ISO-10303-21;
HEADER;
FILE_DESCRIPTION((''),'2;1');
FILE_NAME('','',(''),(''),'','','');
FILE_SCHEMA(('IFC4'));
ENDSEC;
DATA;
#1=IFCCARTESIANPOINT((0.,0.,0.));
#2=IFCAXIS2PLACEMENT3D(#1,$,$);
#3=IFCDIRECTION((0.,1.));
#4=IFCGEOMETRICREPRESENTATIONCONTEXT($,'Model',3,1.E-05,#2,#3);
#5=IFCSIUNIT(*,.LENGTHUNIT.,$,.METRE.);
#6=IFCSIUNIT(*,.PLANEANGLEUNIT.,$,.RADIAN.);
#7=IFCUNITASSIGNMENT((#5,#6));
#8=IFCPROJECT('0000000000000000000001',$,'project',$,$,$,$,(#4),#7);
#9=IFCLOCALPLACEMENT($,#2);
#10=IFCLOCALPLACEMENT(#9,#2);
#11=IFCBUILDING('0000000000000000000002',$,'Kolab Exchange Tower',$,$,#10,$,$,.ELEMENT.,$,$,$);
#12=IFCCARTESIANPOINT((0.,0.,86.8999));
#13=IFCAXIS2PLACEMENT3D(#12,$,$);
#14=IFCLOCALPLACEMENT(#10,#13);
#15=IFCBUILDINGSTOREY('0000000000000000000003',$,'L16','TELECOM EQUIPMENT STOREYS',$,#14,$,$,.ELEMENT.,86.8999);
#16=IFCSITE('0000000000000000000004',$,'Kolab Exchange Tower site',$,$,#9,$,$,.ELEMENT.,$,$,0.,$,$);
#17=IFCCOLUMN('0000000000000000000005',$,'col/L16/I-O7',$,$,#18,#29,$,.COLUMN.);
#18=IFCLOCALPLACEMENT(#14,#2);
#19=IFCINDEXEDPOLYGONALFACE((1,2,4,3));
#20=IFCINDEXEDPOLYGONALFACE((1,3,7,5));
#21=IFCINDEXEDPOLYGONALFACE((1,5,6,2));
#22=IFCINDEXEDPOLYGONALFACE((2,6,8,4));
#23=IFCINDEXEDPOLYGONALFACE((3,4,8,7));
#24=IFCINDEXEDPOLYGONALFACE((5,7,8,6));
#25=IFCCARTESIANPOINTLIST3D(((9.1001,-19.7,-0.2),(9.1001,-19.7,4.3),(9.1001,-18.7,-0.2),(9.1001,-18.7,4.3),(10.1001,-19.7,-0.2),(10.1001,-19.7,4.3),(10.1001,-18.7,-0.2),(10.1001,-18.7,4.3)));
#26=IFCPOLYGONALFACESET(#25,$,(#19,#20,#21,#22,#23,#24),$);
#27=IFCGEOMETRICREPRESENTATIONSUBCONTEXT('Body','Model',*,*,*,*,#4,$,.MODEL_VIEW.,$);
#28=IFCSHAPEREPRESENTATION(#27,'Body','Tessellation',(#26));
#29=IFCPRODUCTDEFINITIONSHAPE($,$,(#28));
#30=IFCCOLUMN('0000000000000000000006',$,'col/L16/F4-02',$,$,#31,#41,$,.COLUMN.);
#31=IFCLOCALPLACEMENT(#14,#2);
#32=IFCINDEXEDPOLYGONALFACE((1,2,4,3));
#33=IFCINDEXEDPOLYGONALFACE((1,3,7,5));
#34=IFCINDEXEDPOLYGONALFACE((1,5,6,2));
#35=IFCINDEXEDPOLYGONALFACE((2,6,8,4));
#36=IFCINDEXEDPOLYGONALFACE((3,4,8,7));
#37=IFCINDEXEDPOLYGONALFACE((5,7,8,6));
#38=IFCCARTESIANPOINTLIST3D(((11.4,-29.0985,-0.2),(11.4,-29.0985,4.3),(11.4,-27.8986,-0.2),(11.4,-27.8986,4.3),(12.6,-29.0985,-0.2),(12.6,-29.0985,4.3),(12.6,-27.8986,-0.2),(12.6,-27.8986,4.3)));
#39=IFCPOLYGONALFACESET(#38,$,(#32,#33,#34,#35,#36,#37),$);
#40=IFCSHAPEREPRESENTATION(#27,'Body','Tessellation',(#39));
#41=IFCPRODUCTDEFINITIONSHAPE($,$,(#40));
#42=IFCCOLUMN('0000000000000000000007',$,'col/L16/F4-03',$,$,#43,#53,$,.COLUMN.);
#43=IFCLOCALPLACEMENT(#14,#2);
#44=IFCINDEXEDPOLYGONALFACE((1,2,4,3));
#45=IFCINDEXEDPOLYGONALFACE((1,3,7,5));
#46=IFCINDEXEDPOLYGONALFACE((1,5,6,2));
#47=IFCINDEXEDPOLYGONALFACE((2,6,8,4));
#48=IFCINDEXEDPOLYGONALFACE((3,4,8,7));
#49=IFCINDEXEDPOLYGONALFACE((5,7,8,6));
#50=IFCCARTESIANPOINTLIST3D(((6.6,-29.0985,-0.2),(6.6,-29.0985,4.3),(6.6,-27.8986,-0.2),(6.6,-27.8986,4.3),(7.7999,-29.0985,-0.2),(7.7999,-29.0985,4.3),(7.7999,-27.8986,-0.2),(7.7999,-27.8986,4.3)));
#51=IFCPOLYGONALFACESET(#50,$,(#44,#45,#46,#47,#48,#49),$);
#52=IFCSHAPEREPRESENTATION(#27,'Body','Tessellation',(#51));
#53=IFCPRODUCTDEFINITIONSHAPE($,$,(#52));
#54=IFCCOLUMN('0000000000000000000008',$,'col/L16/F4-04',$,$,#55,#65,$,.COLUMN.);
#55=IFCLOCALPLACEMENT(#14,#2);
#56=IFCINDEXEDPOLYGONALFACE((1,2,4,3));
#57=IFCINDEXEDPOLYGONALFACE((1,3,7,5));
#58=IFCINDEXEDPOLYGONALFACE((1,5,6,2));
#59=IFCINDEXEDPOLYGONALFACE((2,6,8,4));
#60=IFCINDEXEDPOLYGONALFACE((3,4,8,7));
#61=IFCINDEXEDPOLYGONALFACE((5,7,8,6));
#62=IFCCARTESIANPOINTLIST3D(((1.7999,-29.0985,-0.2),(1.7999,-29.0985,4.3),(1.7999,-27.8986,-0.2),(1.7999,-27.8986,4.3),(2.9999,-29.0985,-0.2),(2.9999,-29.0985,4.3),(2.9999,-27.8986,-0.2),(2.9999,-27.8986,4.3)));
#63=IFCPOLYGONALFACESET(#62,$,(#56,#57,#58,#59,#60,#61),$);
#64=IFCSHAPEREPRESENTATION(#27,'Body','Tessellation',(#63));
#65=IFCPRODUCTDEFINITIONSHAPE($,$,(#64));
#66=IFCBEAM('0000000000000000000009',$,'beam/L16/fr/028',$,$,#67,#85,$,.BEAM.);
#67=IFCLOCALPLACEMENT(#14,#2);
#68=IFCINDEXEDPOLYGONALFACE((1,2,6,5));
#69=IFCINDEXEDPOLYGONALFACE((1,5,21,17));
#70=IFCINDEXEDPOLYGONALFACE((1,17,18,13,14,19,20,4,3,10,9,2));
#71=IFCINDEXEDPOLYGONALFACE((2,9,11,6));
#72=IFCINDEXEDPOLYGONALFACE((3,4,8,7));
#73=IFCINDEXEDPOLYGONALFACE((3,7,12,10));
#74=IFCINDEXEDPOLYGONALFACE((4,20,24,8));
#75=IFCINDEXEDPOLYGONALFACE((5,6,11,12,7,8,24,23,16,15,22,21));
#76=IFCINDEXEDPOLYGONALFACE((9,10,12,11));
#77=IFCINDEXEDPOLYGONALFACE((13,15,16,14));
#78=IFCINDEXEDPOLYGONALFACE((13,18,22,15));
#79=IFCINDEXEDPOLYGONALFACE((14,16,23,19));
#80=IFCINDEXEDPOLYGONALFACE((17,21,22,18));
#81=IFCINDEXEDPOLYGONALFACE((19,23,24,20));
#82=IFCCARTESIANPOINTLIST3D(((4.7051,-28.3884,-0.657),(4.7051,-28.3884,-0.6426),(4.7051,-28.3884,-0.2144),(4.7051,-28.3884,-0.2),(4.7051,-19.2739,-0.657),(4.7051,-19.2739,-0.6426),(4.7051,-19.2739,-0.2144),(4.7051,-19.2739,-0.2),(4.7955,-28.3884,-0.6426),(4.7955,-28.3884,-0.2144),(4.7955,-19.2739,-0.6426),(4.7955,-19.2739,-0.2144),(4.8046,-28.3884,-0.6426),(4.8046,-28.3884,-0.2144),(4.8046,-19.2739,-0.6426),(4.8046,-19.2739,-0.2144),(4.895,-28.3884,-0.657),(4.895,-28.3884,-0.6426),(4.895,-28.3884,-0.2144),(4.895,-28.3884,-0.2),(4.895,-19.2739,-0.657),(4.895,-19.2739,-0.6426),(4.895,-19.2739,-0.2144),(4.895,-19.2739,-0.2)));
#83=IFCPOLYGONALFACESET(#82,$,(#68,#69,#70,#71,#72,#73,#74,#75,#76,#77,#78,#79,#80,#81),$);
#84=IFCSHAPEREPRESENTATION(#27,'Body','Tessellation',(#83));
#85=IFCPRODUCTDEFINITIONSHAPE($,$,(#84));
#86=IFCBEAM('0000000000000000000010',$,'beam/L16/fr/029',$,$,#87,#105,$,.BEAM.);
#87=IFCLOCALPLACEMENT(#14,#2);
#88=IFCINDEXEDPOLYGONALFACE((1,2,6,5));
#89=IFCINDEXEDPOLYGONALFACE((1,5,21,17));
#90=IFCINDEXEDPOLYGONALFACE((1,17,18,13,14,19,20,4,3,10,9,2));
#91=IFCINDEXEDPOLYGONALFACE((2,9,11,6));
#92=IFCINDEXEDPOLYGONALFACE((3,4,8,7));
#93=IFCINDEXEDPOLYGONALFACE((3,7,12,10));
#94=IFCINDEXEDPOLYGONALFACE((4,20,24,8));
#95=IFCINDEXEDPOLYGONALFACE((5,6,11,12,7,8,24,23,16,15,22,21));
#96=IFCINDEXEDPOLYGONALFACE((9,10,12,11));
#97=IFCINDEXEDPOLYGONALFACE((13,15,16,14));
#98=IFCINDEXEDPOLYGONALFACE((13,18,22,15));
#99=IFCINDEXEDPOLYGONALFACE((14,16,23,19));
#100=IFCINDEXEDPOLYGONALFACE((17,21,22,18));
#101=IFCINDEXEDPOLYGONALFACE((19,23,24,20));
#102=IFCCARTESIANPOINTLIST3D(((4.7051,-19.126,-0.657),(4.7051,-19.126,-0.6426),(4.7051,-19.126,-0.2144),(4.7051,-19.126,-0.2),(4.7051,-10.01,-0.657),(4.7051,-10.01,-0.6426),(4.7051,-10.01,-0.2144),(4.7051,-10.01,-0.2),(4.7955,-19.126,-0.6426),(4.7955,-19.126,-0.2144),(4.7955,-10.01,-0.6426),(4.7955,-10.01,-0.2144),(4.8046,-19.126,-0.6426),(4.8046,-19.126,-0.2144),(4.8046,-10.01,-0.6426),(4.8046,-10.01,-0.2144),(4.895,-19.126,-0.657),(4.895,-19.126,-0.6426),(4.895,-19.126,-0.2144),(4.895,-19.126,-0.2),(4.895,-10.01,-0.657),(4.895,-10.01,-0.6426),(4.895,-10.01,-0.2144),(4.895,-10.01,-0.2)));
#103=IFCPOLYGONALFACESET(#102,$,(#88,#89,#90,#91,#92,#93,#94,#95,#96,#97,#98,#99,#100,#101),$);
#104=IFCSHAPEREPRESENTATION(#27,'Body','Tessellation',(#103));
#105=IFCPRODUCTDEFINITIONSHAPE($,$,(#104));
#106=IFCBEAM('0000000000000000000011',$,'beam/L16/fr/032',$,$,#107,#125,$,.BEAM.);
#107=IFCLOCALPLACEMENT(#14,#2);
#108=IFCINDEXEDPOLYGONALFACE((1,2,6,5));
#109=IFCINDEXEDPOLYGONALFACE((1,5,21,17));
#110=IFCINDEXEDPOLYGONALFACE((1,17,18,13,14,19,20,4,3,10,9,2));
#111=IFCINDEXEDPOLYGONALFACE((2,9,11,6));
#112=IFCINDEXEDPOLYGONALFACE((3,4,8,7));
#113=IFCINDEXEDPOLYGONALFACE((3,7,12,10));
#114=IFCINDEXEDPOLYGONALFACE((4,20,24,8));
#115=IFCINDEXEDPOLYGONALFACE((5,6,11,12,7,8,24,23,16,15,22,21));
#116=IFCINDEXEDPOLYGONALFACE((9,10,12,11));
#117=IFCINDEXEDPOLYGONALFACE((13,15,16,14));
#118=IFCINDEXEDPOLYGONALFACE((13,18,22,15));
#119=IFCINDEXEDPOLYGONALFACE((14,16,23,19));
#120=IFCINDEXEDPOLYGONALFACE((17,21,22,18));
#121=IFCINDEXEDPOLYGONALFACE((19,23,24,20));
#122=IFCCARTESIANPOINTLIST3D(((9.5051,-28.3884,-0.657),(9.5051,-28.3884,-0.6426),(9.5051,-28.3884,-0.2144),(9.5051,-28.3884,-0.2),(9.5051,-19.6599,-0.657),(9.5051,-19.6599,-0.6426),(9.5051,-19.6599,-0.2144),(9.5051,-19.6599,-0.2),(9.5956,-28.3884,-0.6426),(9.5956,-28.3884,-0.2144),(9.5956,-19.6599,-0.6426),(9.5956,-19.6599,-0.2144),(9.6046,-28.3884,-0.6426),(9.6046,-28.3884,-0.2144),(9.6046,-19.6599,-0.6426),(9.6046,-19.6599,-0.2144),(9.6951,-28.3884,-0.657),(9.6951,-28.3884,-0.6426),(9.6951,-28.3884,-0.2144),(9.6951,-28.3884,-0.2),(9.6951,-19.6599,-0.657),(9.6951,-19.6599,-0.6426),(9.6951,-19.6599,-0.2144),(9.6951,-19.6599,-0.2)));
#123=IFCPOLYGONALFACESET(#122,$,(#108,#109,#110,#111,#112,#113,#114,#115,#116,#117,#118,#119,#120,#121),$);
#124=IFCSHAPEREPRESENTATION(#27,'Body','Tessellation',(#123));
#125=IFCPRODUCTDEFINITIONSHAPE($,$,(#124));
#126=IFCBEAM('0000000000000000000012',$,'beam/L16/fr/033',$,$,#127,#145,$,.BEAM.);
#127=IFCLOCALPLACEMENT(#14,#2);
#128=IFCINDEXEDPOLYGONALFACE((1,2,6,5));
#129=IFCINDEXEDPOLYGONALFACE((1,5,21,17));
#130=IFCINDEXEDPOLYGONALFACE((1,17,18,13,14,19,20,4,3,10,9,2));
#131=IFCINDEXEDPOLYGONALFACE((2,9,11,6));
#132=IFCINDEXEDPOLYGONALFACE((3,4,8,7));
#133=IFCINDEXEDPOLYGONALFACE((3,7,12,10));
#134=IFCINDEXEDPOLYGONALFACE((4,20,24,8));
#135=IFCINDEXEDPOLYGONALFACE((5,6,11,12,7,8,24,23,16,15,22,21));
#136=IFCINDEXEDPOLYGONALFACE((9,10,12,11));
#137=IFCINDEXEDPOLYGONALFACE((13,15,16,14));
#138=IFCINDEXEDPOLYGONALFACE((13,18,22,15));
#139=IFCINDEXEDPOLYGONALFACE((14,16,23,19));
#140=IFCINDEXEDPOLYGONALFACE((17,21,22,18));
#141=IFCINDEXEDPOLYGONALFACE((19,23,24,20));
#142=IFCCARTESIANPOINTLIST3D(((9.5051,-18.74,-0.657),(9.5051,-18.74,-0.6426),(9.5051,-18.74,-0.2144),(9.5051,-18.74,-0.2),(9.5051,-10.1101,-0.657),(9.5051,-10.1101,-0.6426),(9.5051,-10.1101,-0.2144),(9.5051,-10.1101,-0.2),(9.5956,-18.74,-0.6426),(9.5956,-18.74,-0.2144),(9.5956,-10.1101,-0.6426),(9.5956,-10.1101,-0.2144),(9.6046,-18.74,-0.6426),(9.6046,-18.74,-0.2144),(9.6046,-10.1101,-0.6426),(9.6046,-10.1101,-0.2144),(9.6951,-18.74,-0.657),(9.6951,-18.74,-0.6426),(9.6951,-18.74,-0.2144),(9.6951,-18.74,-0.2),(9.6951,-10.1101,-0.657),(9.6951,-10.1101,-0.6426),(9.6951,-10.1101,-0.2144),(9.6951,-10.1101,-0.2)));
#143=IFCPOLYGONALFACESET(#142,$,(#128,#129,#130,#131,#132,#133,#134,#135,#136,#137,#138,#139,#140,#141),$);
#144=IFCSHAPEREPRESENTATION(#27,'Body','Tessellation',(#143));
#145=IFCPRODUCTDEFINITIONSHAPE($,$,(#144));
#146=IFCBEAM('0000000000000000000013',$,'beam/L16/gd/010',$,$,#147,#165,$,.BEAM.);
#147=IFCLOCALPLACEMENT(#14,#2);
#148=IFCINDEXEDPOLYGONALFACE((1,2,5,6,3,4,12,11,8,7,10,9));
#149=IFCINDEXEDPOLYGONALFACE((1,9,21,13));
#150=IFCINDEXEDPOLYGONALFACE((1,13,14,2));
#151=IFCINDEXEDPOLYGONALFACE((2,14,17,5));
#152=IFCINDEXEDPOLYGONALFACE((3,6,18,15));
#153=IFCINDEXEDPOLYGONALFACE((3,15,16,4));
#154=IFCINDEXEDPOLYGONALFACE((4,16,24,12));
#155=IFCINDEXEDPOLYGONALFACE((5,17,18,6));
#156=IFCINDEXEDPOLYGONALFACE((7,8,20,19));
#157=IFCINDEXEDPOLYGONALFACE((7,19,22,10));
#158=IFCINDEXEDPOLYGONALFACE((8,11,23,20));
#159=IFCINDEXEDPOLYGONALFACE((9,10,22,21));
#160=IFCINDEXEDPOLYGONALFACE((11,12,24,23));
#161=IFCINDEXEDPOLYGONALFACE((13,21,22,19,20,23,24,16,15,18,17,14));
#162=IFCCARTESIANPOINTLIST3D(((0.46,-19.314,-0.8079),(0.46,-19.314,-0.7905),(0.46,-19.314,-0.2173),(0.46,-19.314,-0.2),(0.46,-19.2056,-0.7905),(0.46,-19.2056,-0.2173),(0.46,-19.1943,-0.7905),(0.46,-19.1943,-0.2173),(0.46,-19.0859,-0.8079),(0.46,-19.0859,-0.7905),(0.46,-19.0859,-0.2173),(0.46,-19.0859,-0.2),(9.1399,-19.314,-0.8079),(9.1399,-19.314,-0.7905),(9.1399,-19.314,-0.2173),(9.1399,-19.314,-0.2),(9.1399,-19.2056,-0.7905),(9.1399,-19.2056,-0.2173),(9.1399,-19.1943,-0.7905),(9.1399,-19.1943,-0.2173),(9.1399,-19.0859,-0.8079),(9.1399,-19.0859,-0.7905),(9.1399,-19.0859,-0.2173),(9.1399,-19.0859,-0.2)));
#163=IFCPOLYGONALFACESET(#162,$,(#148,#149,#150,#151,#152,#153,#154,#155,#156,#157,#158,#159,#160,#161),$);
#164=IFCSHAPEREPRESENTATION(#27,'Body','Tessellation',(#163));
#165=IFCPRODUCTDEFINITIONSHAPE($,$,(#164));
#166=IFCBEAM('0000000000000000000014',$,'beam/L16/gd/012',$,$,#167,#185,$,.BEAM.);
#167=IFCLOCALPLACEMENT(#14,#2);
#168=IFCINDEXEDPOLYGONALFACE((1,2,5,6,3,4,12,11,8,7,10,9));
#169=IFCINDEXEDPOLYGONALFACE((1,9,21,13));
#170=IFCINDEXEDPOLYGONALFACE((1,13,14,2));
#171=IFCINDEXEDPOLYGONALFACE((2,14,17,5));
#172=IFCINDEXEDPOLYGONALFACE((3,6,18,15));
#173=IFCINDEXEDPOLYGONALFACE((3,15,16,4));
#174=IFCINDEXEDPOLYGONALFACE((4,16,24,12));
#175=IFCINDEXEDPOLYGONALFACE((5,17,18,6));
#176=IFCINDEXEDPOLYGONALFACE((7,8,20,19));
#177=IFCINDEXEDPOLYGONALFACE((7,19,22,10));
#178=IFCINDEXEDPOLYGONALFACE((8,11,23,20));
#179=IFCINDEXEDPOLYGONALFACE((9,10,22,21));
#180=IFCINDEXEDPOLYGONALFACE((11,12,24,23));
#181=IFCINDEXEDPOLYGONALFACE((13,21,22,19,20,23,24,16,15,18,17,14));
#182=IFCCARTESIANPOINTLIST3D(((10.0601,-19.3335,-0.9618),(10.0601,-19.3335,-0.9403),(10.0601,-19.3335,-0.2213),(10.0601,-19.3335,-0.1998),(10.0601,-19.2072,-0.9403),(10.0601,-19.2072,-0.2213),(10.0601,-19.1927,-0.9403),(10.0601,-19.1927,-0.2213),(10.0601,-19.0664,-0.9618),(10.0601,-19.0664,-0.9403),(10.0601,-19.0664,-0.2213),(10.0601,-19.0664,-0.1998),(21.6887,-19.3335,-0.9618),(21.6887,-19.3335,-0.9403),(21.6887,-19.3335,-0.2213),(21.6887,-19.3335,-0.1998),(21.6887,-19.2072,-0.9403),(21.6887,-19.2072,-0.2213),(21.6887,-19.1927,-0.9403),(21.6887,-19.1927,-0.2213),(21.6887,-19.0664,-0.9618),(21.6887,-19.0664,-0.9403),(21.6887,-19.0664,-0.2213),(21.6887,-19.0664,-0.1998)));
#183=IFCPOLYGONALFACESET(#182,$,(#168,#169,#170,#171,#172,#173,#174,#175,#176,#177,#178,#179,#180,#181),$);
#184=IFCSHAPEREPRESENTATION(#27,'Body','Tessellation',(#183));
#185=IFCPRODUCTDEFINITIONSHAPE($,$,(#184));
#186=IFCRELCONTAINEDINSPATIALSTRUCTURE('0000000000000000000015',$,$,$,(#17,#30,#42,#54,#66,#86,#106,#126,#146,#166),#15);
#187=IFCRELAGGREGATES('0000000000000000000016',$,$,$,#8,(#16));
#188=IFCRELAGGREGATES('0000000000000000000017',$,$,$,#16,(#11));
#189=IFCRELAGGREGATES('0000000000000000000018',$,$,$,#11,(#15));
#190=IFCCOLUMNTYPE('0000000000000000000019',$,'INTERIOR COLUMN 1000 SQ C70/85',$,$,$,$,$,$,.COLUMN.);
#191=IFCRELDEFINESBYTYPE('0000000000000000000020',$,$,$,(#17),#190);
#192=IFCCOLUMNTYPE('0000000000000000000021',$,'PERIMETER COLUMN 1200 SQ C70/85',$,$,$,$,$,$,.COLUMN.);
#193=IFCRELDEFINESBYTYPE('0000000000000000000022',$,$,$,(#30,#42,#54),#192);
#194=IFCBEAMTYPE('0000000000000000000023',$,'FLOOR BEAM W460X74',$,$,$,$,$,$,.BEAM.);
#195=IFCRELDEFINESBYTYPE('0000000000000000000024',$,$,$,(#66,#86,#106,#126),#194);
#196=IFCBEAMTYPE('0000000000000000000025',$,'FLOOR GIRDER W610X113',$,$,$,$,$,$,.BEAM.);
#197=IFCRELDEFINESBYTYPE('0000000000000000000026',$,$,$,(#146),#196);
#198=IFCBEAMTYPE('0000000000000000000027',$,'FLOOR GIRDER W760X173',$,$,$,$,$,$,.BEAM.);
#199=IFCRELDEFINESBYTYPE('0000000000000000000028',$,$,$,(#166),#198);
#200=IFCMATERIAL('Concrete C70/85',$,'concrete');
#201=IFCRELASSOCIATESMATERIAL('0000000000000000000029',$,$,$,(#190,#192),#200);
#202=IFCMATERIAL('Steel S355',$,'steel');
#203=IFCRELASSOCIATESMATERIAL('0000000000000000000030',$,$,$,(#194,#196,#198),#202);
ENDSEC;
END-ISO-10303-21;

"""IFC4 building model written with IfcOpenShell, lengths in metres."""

from ifc_helpers import new_model, si_unit, direction, frame, origin, origin_2d, place, context, subcontext, project, spatial, rectangle, i_section, extrude, material, material_profile, profile_set, type_object, element, save


model = new_model("IFC4")

# Units and contexts
model_context = context("Model", 3, precision=1e-05, world=origin(), true_north=direction((0.0, 1.0)))
body_context = subcontext(model_context, "Body", "Model", "MODEL_VIEW")
ifc_project = project(units=[si_unit("LENGTHUNIT", "METRE"), si_unit("PLANEANGLEUNIT", "RADIAN")], contexts=[model_context])

# Site, building, storey
site_placement = place(None, origin())
site = spatial("IfcSite", under=ifc_project, at=site_placement, Name="Kolab Exchange Tower site", CompositionType="ELEMENT", RefElevation=0.0)
building_placement = place(site_placement, origin())
building = spatial("IfcBuilding", under=site, at=building_placement, Name="Kolab Exchange Tower", CompositionType="ELEMENT")
storey_placement = place(building_placement, frame((0.0, 0.0, 86.8999)))
storey = spatial("IfcBuildingStorey", under=building, at=storey_placement, Name="L16", Description="TELECOM EQUIPMENT STOREYS", CompositionType="ELEMENT", Elevation=86.8999)

# Columns
ifc_material_1 = material(Name="Concrete C70/85", Category="concrete")
ifc_material_profile_1 = material_profile(ifc_material_1, rectangle(XDim=1.0, YDim=1.0, at=origin_2d()), Name="RC1000")
ifc_profile_set_1 = profile_set([ifc_material_profile_1], Name="Concrete C70/85")
column_type_1 = type_object("IfcColumnType", Name="INTERIOR COLUMN 1000 SQ C70/85", PredefinedType="COLUMN", material=ifc_profile_set_1)
column_placement = place(storey_placement, frame((9.6001, -19.2, -0.2), z_axis=(0.0, 0.0, 1.0), x_axis=(1.0, 0.0, 0.0)))
element("IfcColumn", 1, at=column_placement, inside=storey, type_object=column_type_1, Name="col/L16/I-O7", PredefinedType="COLUMN", context=body_context, shape_type="SweptSolid", body=[
    extrude(rectangle(XDim=1.0, YDim=1.0, at=origin_2d()), origin(), (0.0, 0.0, 1.0), 4.5),
])
ifc_material_profile_2 = material_profile(ifc_material_1, rectangle(XDim=1.2, YDim=1.2, at=origin_2d()), Name="RC1200")
ifc_profile_set_2 = profile_set([ifc_material_profile_2], Name="Concrete C70/85")
column_type_2 = type_object("IfcColumnType", Name="PERIMETER COLUMN 1200 SQ C70/85", PredefinedType="COLUMN", material=ifc_profile_set_2)
for number, where, z_axis, x_axis, name in (
    (2, (12.0, -28.4985, -0.2), (0.0, 0.0, 1.0), (1.0, 0.0, 0.0), "col/L16/F4-02"),
    (3, (7.2, -28.4985, -0.2), (0.0, 0.0, 1.0), (1.0, 0.0, 0.0), "col/L16/F4-03"),
    (4, (2.3999, -28.4985, -0.2), (0.0, 0.0, 1.0), (1.0, 0.0, 0.0), "col/L16/F4-04"),
):
    element("IfcColumn", number, at=place(storey_placement, frame(where, z_axis=z_axis, x_axis=x_axis)), inside=storey, type_object=column_type_2, Name=name, PredefinedType="COLUMN", context=body_context, shape_type="SweptSolid", body=[
        extrude(rectangle(XDim=1.2, YDim=1.2, at=origin_2d()), origin(), (0.0, 0.0, 1.0), 4.5),
    ])

# Beams
ifc_material_2 = material(Name="Steel S355", Category="steel")
ifc_material_profile_3 = material_profile(ifc_material_2, i_section(OverallWidth=0.1899, OverallDepth=0.457, WebThickness=0.009, FlangeThickness=0.0144, at=origin_2d()), Name="W460X74")
ifc_profile_set_3 = profile_set([ifc_material_profile_3], Name="Steel S355")
beam_type_1 = type_object("IfcBeamType", Name="FLOOR BEAM W460X74", PredefinedType="BEAM", material=ifc_profile_set_3)
beam_1_placement = place(storey_placement, frame((4.8, -28.3884, -0.4285), z_axis=(0.0, 1.0, 0.0), x_axis=(-1.0, 0.0, 0.0)))
element("IfcBeam", 5, at=beam_1_placement, inside=storey, type_object=beam_type_1, Name="beam/L16/fr/028", PredefinedType="BEAM", context=body_context, shape_type="SweptSolid", body=[
    extrude(i_section(OverallWidth=0.1899, OverallDepth=0.457, WebThickness=0.009, FlangeThickness=0.0144, at=origin_2d()), origin(), (0.0, 0.0, 1.0), 9.1145),
])
beam_2_placement = place(storey_placement, frame((4.8, -19.126, -0.4285), z_axis=(0.0, 1.0, 0.0), x_axis=(-1.0, 0.0, 0.0)))
element("IfcBeam", 6, at=beam_2_placement, inside=storey, type_object=beam_type_1, Name="beam/L16/fr/029", PredefinedType="BEAM", context=body_context, shape_type="SweptSolid", body=[
    extrude(i_section(OverallWidth=0.1899, OverallDepth=0.457, WebThickness=0.009, FlangeThickness=0.0144, at=origin_2d()), origin(), (0.0, 0.0, 1.0), 9.116),
])
beam_3_placement = place(storey_placement, frame((9.6001, -28.3884, -0.4285), z_axis=(0.0, 1.0, 0.0), x_axis=(-1.0, 0.0, 0.0)))
element("IfcBeam", 7, at=beam_3_placement, inside=storey, type_object=beam_type_1, Name="beam/L16/fr/032", PredefinedType="BEAM", context=body_context, shape_type="SweptSolid", body=[
    extrude(i_section(OverallWidth=0.1899, OverallDepth=0.457, WebThickness=0.009, FlangeThickness=0.0144, at=origin_2d()), origin(), (0.0, 0.0, 1.0), 8.7285),
])
beam_4_placement = place(storey_placement, frame((9.6001, -18.74, -0.4285), z_axis=(0.0, 1.0, 0.0), x_axis=(-1.0, 0.0, 0.0)))
element("IfcBeam", 8, at=beam_4_placement, inside=storey, type_object=beam_type_1, Name="beam/L16/fr/033", PredefinedType="BEAM", context=body_context, shape_type="SweptSolid", body=[
    extrude(i_section(OverallWidth=0.1899, OverallDepth=0.457, WebThickness=0.009, FlangeThickness=0.0144, at=origin_2d()), origin(), (0.0, 0.0, 1.0), 8.6299),
])
ifc_material_profile_4 = material_profile(ifc_material_2, i_section(OverallWidth=0.228, OverallDepth=0.6079, WebThickness=0.0112, FlangeThickness=0.0173, at=origin_2d()), Name="W610X113")
ifc_profile_set_4 = profile_set([ifc_material_profile_4], Name="Steel S355")
beam_type_2 = type_object("IfcBeamType", Name="FLOOR GIRDER W610X113", PredefinedType="BEAM", material=ifc_profile_set_4)
beam_5_placement = place(storey_placement, frame((0.46, -19.2, -0.5039), z_axis=(1.0, 0.0, 0.0), x_axis=(0.0, 1.0, 0.0)))
element("IfcBeam", 9, at=beam_5_placement, inside=storey, type_object=beam_type_2, Name="beam/L16/gd/010", PredefinedType="BEAM", context=body_context, shape_type="SweptSolid", body=[
    extrude(i_section(OverallWidth=0.228, OverallDepth=0.6079, WebThickness=0.0112, FlangeThickness=0.0173, at=origin_2d()), origin(), (0.0, 0.0, 1.0), 8.6799),
])
ifc_material_profile_5 = material_profile(ifc_material_2, i_section(OverallWidth=0.2671, OverallDepth=0.762, WebThickness=0.0144, FlangeThickness=0.0215, at=origin_2d()), Name="W760X173")
ifc_profile_set_5 = profile_set([ifc_material_profile_5], Name="Steel S355")
beam_type_3 = type_object("IfcBeamType", Name="FLOOR GIRDER W760X173", PredefinedType="BEAM", material=ifc_profile_set_5)
beam_6_placement = place(storey_placement, frame((10.0601, -19.2, -0.5808), z_axis=(1.0, 0.0, 0.0), x_axis=(0.0, 1.0, 0.0)))
element("IfcBeam", 10, at=beam_6_placement, inside=storey, type_object=beam_type_3, Name="beam/L16/gd/012", PredefinedType="BEAM", context=body_context, shape_type="SweptSolid", body=[
    extrude(i_section(OverallWidth=0.2671, OverallDepth=0.762, WebThickness=0.0144, FlangeThickness=0.0215, at=origin_2d()), origin(), (0.0, 0.0, 1.0), 11.6287),
])

save(model, "model.ifc")
